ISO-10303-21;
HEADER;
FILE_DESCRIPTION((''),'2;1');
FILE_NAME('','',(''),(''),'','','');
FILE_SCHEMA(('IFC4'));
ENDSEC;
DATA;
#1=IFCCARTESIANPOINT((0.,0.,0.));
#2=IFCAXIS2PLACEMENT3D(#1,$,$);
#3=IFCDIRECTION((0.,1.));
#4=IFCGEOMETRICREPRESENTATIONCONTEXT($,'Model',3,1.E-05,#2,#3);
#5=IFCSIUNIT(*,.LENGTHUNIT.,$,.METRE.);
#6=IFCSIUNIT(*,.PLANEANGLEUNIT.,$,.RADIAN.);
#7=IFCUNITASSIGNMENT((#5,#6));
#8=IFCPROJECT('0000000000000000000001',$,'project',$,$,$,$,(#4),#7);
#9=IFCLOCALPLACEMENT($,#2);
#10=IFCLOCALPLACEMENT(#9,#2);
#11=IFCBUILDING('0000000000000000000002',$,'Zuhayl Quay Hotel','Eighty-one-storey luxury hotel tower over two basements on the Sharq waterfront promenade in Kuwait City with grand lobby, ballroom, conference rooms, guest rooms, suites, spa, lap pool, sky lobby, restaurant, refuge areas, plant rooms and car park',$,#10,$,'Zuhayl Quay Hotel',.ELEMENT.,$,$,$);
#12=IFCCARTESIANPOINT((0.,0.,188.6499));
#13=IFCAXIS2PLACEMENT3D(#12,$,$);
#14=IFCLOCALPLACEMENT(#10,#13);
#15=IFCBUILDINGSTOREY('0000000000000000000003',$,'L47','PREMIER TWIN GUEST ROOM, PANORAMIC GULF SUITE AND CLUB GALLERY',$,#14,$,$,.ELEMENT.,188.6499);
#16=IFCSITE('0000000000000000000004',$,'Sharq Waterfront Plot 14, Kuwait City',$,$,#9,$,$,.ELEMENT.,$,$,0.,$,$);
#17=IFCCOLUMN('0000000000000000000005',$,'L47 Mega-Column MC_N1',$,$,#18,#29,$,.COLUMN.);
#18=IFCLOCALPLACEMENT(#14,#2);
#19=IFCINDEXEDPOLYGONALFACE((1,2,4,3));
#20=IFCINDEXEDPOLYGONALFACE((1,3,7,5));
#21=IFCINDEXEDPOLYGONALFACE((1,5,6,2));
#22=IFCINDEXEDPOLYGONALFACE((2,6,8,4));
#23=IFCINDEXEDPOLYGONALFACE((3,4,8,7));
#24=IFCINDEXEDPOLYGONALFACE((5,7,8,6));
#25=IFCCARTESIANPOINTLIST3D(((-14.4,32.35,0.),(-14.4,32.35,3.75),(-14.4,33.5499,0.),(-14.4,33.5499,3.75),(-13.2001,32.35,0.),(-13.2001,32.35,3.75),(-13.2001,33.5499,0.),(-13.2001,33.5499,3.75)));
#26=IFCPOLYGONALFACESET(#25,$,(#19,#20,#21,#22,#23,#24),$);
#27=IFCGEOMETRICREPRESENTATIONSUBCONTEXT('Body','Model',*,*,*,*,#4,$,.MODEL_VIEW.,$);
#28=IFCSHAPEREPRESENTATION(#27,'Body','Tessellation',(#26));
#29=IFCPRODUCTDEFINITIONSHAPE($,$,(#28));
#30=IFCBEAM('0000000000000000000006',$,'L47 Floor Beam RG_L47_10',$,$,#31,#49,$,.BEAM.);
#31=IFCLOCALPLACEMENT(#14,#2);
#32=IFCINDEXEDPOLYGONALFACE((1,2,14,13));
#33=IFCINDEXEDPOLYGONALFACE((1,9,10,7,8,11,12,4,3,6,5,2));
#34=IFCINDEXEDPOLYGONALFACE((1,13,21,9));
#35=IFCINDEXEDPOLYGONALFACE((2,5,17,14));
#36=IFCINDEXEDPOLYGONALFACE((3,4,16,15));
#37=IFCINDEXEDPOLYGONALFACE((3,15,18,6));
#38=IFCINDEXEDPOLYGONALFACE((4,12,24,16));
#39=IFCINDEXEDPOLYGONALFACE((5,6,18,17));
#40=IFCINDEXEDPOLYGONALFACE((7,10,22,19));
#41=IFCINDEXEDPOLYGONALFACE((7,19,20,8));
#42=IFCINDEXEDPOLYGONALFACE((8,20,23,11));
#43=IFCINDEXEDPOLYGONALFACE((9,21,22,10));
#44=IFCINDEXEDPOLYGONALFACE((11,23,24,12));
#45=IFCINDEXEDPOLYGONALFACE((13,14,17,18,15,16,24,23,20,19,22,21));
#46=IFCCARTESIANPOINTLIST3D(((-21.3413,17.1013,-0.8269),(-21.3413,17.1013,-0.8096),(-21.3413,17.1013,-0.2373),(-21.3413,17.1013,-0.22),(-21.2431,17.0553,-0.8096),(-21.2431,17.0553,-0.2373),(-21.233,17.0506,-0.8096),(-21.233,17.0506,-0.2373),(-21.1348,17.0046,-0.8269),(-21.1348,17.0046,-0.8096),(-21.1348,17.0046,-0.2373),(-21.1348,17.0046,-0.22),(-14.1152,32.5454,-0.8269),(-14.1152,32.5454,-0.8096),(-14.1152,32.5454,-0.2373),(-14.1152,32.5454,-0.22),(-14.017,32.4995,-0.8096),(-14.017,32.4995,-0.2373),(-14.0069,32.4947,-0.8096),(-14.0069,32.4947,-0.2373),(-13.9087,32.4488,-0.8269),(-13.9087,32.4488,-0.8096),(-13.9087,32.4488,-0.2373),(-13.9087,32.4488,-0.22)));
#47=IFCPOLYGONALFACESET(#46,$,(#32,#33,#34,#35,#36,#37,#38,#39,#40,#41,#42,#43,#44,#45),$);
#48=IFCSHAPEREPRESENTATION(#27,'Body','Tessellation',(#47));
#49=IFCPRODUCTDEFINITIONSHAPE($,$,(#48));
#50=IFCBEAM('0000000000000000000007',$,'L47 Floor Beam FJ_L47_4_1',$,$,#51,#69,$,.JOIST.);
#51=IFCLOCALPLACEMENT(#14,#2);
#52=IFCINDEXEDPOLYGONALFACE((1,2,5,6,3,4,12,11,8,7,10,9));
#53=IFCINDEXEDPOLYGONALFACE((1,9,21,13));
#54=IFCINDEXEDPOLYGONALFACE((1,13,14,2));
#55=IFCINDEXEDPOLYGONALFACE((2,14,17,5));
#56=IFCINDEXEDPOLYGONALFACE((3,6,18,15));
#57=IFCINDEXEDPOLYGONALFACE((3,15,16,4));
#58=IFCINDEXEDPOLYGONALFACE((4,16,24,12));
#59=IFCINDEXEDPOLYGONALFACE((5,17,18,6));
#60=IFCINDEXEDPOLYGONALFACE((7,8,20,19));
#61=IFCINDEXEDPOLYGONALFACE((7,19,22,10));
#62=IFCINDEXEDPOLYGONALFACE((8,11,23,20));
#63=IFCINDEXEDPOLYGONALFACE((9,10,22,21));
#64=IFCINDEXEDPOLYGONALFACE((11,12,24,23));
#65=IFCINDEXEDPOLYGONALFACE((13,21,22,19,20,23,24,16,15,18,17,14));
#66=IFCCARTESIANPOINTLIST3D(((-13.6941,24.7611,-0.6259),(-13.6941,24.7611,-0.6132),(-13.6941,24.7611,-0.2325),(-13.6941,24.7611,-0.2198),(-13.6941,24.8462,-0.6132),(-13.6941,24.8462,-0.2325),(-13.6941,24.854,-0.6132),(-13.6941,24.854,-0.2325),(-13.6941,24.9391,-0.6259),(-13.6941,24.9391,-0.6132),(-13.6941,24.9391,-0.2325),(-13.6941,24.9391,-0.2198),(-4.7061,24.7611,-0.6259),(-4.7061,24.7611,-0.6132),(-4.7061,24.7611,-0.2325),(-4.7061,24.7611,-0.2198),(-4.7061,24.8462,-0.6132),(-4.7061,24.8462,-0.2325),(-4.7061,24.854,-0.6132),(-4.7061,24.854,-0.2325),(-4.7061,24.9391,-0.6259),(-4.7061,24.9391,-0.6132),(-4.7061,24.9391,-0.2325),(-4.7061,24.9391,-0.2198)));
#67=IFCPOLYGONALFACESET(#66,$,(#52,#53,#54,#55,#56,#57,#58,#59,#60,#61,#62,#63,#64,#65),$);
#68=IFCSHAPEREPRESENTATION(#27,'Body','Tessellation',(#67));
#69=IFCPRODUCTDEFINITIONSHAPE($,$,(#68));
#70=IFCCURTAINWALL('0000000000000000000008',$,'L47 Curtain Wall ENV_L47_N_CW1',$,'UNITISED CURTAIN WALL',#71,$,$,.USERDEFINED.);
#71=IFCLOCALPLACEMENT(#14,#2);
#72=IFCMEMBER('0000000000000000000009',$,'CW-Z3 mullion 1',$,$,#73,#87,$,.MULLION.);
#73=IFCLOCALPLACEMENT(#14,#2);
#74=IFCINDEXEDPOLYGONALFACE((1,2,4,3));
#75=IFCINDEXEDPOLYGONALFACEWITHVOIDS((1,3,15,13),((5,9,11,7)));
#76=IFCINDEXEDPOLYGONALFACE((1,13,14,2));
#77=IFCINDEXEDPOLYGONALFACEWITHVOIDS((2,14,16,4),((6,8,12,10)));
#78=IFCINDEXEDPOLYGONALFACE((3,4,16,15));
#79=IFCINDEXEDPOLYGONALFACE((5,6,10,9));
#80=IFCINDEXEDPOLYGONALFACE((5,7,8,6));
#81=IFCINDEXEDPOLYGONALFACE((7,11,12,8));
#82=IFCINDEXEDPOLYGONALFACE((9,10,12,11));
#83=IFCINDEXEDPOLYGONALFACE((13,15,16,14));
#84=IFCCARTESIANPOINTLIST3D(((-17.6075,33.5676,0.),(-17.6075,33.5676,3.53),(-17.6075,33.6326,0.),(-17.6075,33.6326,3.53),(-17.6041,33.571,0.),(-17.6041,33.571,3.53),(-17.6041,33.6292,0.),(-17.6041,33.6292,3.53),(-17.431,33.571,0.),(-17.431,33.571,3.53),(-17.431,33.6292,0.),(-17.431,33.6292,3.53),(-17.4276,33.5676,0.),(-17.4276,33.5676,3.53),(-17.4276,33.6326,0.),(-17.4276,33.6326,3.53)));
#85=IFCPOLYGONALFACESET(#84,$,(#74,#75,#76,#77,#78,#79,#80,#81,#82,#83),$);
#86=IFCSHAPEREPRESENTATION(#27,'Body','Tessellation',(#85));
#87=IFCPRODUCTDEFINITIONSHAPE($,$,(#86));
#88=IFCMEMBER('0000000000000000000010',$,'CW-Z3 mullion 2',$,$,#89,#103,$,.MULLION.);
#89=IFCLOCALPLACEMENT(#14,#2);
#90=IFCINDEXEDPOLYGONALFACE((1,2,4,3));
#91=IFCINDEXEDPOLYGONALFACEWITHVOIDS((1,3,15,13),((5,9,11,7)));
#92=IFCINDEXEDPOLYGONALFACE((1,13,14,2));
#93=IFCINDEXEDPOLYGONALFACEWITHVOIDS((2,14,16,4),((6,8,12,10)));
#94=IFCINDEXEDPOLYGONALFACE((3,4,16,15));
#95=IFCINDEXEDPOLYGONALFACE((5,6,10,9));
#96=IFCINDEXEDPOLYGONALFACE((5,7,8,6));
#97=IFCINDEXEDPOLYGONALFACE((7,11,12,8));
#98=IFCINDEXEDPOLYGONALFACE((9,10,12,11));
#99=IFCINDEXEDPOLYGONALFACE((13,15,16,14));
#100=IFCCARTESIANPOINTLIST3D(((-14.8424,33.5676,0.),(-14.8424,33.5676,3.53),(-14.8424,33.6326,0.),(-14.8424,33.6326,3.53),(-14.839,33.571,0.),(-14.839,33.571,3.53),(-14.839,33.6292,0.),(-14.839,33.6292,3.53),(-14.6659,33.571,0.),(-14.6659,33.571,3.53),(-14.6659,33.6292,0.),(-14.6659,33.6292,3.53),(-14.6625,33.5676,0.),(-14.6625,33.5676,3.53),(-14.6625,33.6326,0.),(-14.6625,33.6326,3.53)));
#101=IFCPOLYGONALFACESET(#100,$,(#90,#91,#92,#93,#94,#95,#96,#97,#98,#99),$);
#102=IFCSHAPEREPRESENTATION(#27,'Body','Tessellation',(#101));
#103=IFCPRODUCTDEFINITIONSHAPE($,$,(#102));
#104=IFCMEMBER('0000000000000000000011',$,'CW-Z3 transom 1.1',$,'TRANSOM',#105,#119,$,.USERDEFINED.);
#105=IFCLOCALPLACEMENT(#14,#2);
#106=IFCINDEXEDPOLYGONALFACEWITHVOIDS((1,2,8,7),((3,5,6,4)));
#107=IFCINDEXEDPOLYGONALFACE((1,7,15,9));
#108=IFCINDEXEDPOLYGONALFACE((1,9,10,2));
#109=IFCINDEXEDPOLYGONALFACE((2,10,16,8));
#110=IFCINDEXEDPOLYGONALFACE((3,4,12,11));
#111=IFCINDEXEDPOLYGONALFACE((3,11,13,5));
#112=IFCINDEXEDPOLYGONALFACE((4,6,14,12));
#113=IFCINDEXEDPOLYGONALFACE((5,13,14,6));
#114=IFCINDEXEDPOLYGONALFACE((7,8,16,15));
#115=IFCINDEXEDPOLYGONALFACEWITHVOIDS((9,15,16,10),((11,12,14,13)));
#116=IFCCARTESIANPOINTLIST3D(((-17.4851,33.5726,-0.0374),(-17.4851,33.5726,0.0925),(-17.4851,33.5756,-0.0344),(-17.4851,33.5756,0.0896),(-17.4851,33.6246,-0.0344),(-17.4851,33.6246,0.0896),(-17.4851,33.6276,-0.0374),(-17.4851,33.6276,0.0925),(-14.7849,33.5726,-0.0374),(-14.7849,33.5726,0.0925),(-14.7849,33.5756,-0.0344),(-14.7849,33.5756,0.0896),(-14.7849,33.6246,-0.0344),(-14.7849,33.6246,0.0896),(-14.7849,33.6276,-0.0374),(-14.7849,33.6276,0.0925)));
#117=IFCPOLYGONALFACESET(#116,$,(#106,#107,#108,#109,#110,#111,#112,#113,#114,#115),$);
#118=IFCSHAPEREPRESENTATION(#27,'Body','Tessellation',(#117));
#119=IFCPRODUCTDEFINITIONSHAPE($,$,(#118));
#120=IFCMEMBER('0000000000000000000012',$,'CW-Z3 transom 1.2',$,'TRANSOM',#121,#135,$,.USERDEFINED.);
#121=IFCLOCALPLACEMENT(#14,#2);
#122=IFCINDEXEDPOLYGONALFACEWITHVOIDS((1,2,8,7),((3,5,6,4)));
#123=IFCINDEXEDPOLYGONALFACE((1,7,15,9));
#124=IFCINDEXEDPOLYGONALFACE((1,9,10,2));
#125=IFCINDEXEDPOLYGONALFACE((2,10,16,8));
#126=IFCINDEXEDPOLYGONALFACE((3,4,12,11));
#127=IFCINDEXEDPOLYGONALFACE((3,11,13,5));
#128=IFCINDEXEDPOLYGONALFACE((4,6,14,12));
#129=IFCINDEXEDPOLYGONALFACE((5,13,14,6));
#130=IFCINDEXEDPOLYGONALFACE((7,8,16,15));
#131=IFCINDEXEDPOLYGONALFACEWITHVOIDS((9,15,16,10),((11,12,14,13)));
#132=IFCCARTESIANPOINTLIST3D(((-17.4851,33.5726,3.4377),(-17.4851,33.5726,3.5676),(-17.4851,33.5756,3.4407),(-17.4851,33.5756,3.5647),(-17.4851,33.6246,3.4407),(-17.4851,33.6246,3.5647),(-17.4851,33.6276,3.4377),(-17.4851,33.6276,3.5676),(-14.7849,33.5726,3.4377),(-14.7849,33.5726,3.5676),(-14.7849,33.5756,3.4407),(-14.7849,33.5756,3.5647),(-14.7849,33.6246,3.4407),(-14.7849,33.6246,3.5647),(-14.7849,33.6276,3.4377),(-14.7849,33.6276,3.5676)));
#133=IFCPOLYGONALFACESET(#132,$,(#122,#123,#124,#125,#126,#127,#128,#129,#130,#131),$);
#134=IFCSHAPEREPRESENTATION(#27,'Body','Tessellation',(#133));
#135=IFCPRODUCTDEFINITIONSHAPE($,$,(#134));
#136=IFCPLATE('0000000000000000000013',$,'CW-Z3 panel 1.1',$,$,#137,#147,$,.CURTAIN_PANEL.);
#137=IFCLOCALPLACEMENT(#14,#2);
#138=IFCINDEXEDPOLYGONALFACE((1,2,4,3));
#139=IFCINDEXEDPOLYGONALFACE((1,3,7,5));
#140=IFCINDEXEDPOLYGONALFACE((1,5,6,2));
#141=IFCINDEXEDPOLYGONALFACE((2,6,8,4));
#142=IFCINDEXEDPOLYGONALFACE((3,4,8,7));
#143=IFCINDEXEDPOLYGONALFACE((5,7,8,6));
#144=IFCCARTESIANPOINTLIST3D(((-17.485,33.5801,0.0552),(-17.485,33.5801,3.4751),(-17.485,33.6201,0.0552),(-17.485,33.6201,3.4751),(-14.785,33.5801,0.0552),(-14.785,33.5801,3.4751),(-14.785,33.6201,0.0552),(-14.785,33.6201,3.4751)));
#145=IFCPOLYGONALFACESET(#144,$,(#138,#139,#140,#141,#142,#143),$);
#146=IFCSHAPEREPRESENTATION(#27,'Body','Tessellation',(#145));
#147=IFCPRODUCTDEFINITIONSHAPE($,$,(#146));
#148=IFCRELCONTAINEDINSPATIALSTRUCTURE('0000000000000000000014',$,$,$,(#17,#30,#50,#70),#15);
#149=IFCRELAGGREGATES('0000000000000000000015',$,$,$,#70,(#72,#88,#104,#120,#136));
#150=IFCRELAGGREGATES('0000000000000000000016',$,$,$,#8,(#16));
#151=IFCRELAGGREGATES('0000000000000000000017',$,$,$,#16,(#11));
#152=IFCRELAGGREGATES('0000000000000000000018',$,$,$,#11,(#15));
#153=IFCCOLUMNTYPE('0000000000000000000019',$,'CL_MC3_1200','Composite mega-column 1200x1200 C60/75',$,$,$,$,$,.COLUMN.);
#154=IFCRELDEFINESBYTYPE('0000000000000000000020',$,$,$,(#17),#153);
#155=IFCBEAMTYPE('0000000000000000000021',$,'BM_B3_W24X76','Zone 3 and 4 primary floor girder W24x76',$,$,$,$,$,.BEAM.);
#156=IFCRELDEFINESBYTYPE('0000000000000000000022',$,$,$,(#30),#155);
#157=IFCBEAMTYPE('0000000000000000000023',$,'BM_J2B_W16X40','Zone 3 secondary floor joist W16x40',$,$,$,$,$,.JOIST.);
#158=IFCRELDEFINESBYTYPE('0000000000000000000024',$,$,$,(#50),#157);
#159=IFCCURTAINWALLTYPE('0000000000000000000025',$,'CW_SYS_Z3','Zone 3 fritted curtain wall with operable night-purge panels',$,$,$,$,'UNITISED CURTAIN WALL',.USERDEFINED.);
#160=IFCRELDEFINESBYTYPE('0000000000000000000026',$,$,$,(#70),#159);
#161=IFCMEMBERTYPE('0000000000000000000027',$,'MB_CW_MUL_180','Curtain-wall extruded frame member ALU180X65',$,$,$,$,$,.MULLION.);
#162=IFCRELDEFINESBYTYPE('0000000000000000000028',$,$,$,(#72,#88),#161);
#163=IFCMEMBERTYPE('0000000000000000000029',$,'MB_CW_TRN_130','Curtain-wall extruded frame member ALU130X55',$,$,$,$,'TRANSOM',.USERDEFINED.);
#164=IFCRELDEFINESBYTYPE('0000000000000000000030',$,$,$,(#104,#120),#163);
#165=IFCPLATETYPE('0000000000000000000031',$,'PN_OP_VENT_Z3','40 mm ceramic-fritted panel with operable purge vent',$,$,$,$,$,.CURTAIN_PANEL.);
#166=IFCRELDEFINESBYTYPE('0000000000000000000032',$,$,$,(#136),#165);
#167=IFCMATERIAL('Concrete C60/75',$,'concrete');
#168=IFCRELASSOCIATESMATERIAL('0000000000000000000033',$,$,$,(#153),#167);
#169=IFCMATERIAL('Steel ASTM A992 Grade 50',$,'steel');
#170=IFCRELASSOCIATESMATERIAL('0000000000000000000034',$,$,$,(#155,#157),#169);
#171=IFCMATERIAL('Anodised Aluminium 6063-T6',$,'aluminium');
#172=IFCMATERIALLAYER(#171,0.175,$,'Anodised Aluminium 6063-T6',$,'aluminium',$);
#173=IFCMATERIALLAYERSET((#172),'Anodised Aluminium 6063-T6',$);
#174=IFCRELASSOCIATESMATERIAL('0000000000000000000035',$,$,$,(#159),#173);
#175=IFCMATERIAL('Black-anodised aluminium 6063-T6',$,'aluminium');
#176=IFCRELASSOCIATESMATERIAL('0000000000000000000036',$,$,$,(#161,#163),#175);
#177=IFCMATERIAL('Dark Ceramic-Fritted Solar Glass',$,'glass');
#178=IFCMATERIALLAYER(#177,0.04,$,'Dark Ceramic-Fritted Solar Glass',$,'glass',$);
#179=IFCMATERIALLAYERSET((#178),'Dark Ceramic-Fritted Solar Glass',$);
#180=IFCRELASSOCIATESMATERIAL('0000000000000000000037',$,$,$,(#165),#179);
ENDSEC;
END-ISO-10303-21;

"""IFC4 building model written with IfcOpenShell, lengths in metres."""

from ifc_helpers import new_model, si_unit, direction, frame, origin, origin_2d, place, context, subcontext, project, spatial, rectangle, hollow_rectangle, i_section, extrude, material, layer, layer_set, material_profile, profile_set, type_object, element, aggregate, save


model = new_model("IFC4")

# Units and contexts
model_context = context("Model", 3, precision=1e-05, world=origin(), true_north=direction((0.0, 1.0)))
body_context = subcontext(model_context, "Body", "Model", "MODEL_VIEW")
ifc_project = project(units=[si_unit("LENGTHUNIT", "METRE"), si_unit("PLANEANGLEUNIT", "RADIAN")], contexts=[model_context])

# Site, building, storey
site_placement = place(None, origin())
site = spatial("IfcSite", under=ifc_project, at=site_placement, Name="Sharq Waterfront Plot 14, Kuwait City", CompositionType="ELEMENT", RefElevation=0.0)
building_placement = place(site_placement, origin())
building = spatial("IfcBuilding", under=site, at=building_placement, Name="Zuhayl Quay Hotel", Description="Eighty-one-storey luxury hotel tower over two basements on the Sharq waterfront promenade in Kuwait City with grand lobby, ballroom, conference rooms, guest rooms, suites, spa, lap pool, sky lobby, restaurant, refuge areas, plant rooms and car park", LongName="Zuhayl Quay Hotel", CompositionType="ELEMENT")
storey_placement = place(building_placement, frame((0.0, 0.0, 188.6499)))
storey = spatial("IfcBuildingStorey", under=building, at=storey_placement, Name="L47", Description="PREMIER TWIN GUEST ROOM, PANORAMIC GULF SUITE AND CLUB GALLERY", CompositionType="ELEMENT", Elevation=188.6499)

# Column
ifc_material_1 = material(Name="Concrete C60/75", Category="concrete")
ifc_material_profile_1 = material_profile(ifc_material_1, rectangle(XDim=1.2, YDim=1.2, at=origin_2d()), Name="RC1200X1200")
ifc_profile_set_1 = profile_set([ifc_material_profile_1], Name="Concrete C60/75")
column_type = type_object("IfcColumnType", Name="CL_MC3_1200", Description="Composite mega-column 1200x1200 C60/75", PredefinedType="COLUMN", material=ifc_profile_set_1)
column_placement = place(storey_placement, frame((-13.8, 32.95, 0.0), z_axis=(0.0, 0.0, 1.0), x_axis=(1.0, 0.0, 0.0)))
element("IfcColumn", 1, at=column_placement, inside=storey, type_object=column_type, Name="L47 Mega-Column MC_N1", PredefinedType="COLUMN", context=body_context, shape_type="SweptSolid", body=[
    extrude(rectangle(XDim=1.2, YDim=1.2, at=origin_2d()), origin(), (0.0, 0.0, 1.0), 3.75),
])

# Beams
ifc_material_2 = material(Name="Steel ASTM A992 Grade 50", Category="steel")
ifc_material_profile_2 = material_profile(ifc_material_2, i_section(OverallWidth=0.228, OverallDepth=0.6069, WebThickness=0.0112, FlangeThickness=0.0173, at=origin_2d()), Name="W24X76")
ifc_profile_set_2 = profile_set([ifc_material_profile_2], Name="Steel ASTM A992 Grade 50")
beam_type_1 = type_object("IfcBeamType", Name="BM_B3_W24X76", Description="Zone 3 and 4 primary floor girder W24x76", PredefinedType="BEAM", material=ifc_profile_set_2)
beam_1_placement = place(storey_placement, frame((-14.012, 32.4971, -0.5234), z_axis=(-0.423792, -0.905759, 0.0), x_axis=(0.905759, -0.423792, 0.0)))
element("IfcBeam", 2, at=beam_1_placement, inside=storey, type_object=beam_type_1, Name="L47 Floor Beam RG_L47_10", PredefinedType="BEAM", context=body_context, shape_type="SweptSolid", body=[
    extrude(i_section(OverallWidth=0.228, OverallDepth=0.6069, WebThickness=0.0112, FlangeThickness=0.0173, at=origin_2d()), origin(), (0.0, 0.0, 1.0), 17.051),
])
ifc_material_profile_3 = material_profile(ifc_material_2, i_section(OverallWidth=0.178, OverallDepth=0.406, WebThickness=0.0078, FlangeThickness=0.0127, at=origin_2d()), Name="W16X40")
ifc_profile_set_3 = profile_set([ifc_material_profile_3], Name="Steel ASTM A992 Grade 50")
beam_type_2 = type_object("IfcBeamType", Name="BM_J2B_W16X40", Description="Zone 3 secondary floor joist W16x40", PredefinedType="JOIST", material=ifc_profile_set_3)
beam_2_placement = place(storey_placement, frame((-13.6941, 24.8501, -0.4229), z_axis=(1.0, 0.0, 0.0), x_axis=(0.0, 1.0, 0.0)))
element("IfcBeam", 3, at=beam_2_placement, inside=storey, type_object=beam_type_2, Name="L47 Floor Beam FJ_L47_4_1", PredefinedType="JOIST", context=body_context, shape_type="SweptSolid", body=[
    extrude(i_section(OverallWidth=0.178, OverallDepth=0.406, WebThickness=0.0078, FlangeThickness=0.0127, at=origin_2d()), origin(), (0.0, 0.0, 1.0), 8.988),
])

# Curtain wall, members, plate
ifc_material_3 = material(Name="Anodised Aluminium 6063-T6", Category="aluminium")
ifc_layer_1 = layer(ifc_material_3, 0.175, Name="Anodised Aluminium 6063-T6", Category="aluminium")
ifc_layer_set_1 = layer_set([ifc_layer_1], Name="Anodised Aluminium 6063-T6")
curtain_wall_type = type_object("IfcCurtainWallType", Name="CW_SYS_Z3", Description="Zone 3 fritted curtain wall with operable night-purge panels", ElementType="UNITISED CURTAIN WALL", PredefinedType="USERDEFINED", material=ifc_layer_set_1)
curtain_wall_placement = place(storey_placement, origin())
curtain_wall = element("IfcCurtainWall", 4, at=curtain_wall_placement, inside=storey, type_object=curtain_wall_type, Name="L47 Curtain Wall ENV_L47_N_CW1", ObjectType="UNITISED CURTAIN WALL", PredefinedType="USERDEFINED")
ifc_material_4 = material(Name="Black-anodised aluminium 6063-T6", Category="aluminium")
ifc_material_profile_4 = material_profile(ifc_material_4, hollow_rectangle(XDim=0.0649, YDim=0.1799, WallThickness=0.0034, at=origin_2d()), Name="ALU180X65")
ifc_profile_set_4 = profile_set([ifc_material_profile_4], Name="Black-anodised aluminium 6063-T6")
member_type_1 = type_object("IfcMemberType", Name="MB_CW_MUL_180", Description="Curtain-wall extruded frame member ALU180X65", PredefinedType="MULLION", material=ifc_profile_set_4)
member_1_placement = place(storey_placement, frame((-17.5176, 33.6001, 0.0), z_axis=(0.0, 0.0, 1.0), x_axis=(0.0, 1.0, 0.0)))
member_1 = element("IfcMember", 5, at=member_1_placement, type_object=member_type_1, Name="CW-Z3 mullion 1", PredefinedType="MULLION", context=body_context, shape_type="SweptSolid", body=[
    extrude(hollow_rectangle(XDim=0.0649, YDim=0.1799, WallThickness=0.0034, at=origin_2d()), origin(), (0.0, 0.0, 1.0), 3.53),
])
member_2_placement = place(storey_placement, frame((-14.7524, 33.6001, 0.0), z_axis=(0.0, 0.0, 1.0), x_axis=(0.0, 1.0, 0.0)))
member_2 = element("IfcMember", 6, at=member_2_placement, type_object=member_type_1, Name="CW-Z3 mullion 2", PredefinedType="MULLION", context=body_context, shape_type="SweptSolid", body=[
    extrude(hollow_rectangle(XDim=0.0649, YDim=0.1799, WallThickness=0.0034, at=origin_2d()), origin(), (0.0, 0.0, 1.0), 3.53),
])
ifc_material_profile_5 = material_profile(ifc_material_4, hollow_rectangle(XDim=0.0549, YDim=0.1299, WallThickness=0.0029, at=origin_2d()), Name="ALU130X55")
ifc_profile_set_5 = profile_set([ifc_material_profile_5], Name="Black-anodised aluminium 6063-T6")
member_type_2 = type_object("IfcMemberType", Name="MB_CW_TRN_130", Description="Curtain-wall extruded frame member ALU130X55", ElementType="TRANSOM", PredefinedType="USERDEFINED", material=ifc_profile_set_5)
member_3_placement = place(storey_placement, frame((-17.4851, 33.6001, 0.0276), z_axis=(1.0, 0.0, 0.0), x_axis=(0.0, 1.0, 0.0)))
member_3 = element("IfcMember", 7, at=member_3_placement, type_object=member_type_2, Name="CW-Z3 transom 1.1", ObjectType="TRANSOM", PredefinedType="USERDEFINED", context=body_context, shape_type="SweptSolid", body=[
    extrude(hollow_rectangle(XDim=0.0549, YDim=0.1299, WallThickness=0.0029, at=origin_2d()), origin(), (0.0, 0.0, 1.0), 2.7002),
])
member_4_placement = place(storey_placement, frame((-17.4851, 33.6001, 3.5027), z_axis=(1.0, 0.0, 0.0), x_axis=(0.0, 1.0, 0.0)))
member_4 = element("IfcMember", 8, at=member_4_placement, type_object=member_type_2, Name="CW-Z3 transom 1.2", ObjectType="TRANSOM", PredefinedType="USERDEFINED", context=body_context, shape_type="SweptSolid", body=[
    extrude(hollow_rectangle(XDim=0.0549, YDim=0.1299, WallThickness=0.0029, at=origin_2d()), origin(), (0.0, 0.0, 1.0), 2.7002),
])
ifc_material_5 = material(Name="Dark Ceramic-Fritted Solar Glass", Category="glass")
ifc_layer_2 = layer(ifc_material_5, 0.04, Name="Dark Ceramic-Fritted Solar Glass", Category="glass")
ifc_layer_set_2 = layer_set([ifc_layer_2], Name="Dark Ceramic-Fritted Solar Glass")
plate_type = type_object("IfcPlateType", Name="PN_OP_VENT_Z3", Description="40 mm ceramic-fritted panel with operable purge vent", PredefinedType="CURTAIN_PANEL", material=ifc_layer_set_2)
plate_placement = place(storey_placement, frame((-16.135, 33.6001, 0.0552), z_axis=(0.0, 0.0, 1.0), x_axis=(1.0, 0.0, 0.0)))
plate = element("IfcPlate", 9, at=plate_placement, type_object=plate_type, Name="CW-Z3 panel 1.1", PredefinedType="CURTAIN_PANEL", context=body_context, shape_type="SweptSolid", body=[
    extrude(rectangle(XDim=2.7, YDim=0.04, at=origin_2d()), origin(), (0.0, 0.0, 1.0), 3.4199),
])
aggregate(curtain_wall, [member_1, member_2, member_3, member_4, plate])

save(model, "model.ifc")
